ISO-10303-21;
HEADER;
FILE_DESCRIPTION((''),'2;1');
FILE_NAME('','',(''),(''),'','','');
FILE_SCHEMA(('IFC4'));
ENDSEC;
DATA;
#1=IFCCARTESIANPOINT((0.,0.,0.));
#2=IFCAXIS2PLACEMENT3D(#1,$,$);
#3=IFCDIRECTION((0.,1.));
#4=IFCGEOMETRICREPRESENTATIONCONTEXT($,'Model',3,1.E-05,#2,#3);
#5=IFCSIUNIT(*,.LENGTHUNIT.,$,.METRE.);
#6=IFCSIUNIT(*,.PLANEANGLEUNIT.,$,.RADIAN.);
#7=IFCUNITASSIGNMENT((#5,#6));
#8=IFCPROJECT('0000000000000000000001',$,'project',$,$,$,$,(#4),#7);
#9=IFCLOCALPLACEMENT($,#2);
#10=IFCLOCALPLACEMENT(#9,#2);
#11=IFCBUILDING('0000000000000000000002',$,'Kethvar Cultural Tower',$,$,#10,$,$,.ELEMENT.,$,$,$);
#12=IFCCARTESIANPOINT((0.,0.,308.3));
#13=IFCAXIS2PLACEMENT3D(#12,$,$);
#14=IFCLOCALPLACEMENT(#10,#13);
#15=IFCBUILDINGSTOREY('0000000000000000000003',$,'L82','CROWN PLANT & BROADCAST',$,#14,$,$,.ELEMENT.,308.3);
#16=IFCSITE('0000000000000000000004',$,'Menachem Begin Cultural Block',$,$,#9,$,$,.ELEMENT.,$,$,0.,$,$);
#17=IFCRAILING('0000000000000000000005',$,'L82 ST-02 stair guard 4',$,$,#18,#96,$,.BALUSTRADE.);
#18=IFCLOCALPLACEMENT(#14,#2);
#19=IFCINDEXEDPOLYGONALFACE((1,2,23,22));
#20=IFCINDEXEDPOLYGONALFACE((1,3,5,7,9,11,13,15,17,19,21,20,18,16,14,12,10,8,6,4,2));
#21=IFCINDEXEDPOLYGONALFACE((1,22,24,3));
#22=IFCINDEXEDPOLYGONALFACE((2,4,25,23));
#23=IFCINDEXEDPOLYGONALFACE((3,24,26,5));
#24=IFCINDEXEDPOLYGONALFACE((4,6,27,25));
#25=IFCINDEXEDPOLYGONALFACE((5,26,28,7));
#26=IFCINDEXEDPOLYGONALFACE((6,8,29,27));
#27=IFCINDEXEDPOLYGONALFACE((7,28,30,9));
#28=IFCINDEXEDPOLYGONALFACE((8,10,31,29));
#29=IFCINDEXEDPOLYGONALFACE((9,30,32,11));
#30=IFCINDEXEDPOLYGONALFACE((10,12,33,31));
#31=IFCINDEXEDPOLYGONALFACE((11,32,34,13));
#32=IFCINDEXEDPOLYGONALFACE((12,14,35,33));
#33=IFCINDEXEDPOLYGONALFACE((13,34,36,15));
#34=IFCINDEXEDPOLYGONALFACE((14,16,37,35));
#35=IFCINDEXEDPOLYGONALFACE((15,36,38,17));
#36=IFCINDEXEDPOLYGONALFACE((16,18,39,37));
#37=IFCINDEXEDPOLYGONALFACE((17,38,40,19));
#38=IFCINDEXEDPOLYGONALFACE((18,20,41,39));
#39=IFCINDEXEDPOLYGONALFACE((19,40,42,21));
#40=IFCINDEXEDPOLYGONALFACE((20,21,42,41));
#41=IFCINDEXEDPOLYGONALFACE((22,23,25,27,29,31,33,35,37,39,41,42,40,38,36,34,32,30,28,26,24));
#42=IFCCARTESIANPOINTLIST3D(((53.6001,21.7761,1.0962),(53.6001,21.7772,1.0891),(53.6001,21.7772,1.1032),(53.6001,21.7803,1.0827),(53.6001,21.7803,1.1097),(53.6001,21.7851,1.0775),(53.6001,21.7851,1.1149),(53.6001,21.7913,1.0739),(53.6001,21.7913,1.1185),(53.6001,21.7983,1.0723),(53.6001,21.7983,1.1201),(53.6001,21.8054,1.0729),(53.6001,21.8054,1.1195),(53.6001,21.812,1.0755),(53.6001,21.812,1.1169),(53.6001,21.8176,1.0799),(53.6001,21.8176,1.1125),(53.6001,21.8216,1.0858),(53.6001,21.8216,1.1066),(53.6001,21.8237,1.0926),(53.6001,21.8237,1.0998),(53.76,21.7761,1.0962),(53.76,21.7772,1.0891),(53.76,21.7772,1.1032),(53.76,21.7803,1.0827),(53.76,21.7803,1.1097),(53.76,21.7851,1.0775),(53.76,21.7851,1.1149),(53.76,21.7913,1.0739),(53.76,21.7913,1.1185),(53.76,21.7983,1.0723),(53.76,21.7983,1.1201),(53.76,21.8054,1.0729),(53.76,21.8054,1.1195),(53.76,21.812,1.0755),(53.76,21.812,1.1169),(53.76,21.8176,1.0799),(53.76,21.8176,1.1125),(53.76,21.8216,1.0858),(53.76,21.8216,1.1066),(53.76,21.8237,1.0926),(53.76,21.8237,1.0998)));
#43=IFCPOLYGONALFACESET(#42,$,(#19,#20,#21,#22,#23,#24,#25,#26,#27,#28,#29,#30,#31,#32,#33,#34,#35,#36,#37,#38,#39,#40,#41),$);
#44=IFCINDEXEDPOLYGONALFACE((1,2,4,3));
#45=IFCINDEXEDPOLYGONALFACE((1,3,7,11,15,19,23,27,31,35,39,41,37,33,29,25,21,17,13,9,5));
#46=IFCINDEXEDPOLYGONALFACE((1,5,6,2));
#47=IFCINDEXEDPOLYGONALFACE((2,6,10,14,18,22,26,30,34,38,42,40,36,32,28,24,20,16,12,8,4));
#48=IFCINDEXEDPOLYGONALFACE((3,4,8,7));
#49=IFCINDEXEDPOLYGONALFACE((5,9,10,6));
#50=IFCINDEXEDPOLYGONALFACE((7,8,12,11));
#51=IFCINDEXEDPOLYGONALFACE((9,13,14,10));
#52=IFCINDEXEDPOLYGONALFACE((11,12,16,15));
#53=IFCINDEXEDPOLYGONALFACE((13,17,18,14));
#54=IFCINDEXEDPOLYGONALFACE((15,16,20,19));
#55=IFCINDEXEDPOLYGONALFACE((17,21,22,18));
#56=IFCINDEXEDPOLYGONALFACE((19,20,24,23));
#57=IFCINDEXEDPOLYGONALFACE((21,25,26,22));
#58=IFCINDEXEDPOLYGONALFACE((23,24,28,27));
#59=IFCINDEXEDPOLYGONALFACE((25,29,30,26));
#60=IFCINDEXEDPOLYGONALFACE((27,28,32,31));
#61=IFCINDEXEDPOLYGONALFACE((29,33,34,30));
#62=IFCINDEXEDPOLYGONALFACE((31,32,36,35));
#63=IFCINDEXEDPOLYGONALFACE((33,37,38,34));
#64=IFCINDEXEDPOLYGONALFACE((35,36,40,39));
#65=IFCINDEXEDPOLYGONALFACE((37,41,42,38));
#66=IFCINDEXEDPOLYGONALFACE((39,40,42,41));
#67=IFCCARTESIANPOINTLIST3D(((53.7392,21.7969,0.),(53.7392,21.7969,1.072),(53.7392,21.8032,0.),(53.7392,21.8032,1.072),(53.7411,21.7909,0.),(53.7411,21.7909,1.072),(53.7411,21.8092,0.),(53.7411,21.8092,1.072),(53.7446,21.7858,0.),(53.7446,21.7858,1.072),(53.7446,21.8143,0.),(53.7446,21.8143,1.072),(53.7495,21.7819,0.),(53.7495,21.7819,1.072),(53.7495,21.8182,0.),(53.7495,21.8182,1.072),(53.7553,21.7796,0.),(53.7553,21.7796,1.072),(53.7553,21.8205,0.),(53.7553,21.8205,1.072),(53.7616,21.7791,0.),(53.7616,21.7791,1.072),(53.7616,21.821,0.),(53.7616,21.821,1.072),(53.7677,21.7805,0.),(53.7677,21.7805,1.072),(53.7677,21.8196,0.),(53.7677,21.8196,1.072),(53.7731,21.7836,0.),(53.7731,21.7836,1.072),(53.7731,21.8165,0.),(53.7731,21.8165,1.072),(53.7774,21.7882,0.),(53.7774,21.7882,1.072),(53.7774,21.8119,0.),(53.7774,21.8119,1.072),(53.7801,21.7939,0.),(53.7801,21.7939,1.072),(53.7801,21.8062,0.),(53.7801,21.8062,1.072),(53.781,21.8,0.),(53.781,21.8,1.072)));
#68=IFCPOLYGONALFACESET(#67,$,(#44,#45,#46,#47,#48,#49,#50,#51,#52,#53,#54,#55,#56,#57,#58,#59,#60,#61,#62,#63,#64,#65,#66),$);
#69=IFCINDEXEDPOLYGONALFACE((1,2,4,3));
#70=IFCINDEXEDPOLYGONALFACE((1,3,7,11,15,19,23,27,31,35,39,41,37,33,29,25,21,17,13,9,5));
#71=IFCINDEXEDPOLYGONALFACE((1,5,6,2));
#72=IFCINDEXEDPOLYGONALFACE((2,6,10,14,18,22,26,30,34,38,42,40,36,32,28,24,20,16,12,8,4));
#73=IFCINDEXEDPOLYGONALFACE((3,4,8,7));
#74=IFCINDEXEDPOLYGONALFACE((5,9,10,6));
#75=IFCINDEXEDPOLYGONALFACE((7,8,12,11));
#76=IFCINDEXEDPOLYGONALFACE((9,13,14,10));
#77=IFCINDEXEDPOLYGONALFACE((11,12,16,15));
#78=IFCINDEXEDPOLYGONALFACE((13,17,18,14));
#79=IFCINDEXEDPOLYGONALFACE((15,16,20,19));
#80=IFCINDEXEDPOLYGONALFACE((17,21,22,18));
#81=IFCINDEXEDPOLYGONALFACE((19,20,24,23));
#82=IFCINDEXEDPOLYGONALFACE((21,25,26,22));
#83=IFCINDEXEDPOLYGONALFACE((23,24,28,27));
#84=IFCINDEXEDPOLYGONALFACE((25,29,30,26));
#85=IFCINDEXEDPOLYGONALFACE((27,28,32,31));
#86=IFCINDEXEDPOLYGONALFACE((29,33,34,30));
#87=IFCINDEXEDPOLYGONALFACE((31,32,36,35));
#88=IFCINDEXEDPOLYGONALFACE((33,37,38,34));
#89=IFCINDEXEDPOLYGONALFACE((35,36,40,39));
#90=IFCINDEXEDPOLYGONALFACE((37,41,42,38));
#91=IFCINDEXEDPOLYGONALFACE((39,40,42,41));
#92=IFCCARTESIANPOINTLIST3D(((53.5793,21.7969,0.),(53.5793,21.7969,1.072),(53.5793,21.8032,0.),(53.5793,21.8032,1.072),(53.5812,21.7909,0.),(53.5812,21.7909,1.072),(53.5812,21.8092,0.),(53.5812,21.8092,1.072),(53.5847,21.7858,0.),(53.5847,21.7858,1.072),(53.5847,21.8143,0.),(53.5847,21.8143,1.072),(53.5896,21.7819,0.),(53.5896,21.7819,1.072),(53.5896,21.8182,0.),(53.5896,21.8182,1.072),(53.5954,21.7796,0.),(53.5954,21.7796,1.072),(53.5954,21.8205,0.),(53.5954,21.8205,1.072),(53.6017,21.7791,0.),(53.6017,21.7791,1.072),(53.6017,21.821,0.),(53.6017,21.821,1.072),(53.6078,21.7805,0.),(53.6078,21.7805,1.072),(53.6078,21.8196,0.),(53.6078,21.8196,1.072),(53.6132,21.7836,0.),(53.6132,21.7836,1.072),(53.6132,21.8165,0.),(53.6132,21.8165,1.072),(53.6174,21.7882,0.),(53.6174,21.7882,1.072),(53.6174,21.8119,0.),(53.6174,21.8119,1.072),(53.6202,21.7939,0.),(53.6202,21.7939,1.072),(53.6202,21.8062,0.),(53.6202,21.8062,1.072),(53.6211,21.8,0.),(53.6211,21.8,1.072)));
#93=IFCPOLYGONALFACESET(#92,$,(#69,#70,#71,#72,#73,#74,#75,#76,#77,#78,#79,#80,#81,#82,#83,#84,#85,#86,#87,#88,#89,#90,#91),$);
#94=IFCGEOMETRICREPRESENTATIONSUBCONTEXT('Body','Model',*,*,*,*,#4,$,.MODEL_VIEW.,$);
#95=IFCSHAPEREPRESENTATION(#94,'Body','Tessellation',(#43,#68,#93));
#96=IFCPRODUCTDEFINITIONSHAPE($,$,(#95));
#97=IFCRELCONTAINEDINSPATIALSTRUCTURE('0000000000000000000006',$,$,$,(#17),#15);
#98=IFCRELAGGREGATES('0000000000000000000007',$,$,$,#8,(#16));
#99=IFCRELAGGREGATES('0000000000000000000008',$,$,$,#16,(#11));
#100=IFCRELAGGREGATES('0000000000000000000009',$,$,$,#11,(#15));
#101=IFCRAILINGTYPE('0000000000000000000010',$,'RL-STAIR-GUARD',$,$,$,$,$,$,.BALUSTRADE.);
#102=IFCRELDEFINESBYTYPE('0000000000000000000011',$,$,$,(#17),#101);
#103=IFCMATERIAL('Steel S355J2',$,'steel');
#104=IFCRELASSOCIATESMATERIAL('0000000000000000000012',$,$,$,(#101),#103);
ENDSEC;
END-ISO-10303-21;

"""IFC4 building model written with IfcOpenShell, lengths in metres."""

from ifc_helpers import new_model, si_unit, direction, frame, origin, origin_2d, place, context, subcontext, project, spatial, circle, extrude, material, type_object, element, save


model = new_model("IFC4")

# Units and contexts
model_context = context("Model", 3, precision=1e-05, world=origin(), true_north=direction((0.0, 1.0)))
body_context = subcontext(model_context, "Body", "Model", "MODEL_VIEW")
ifc_project = project(units=[si_unit("LENGTHUNIT", "METRE"), si_unit("PLANEANGLEUNIT", "RADIAN")], contexts=[model_context])

# Site, building, storey
site_placement = place(None, origin())
site = spatial("IfcSite", under=ifc_project, at=site_placement, Name="Menachem Begin Cultural Block", CompositionType="ELEMENT", RefElevation=0.0)
building_placement = place(site_placement, origin())
building = spatial("IfcBuilding", under=site, at=building_placement, Name="Kethvar Cultural Tower", CompositionType="ELEMENT")
storey_placement = place(building_placement, frame((0.0, 0.0, 308.3)))
storey = spatial("IfcBuildingStorey", under=building, at=storey_placement, Name="L82", Description="CROWN PLANT & BROADCAST", CompositionType="ELEMENT", Elevation=308.3)

# Shared definitions
ifc_material_1 = material(Name="Steel S355J2", Category="steel")

# Railing
railing_type_1 = type_object("IfcRailingType", Name="RL-STAIR-GUARD", PredefinedType="BALUSTRADE", material=ifc_material_1)
railing_1_placement = place(storey_placement, frame((53.76, 21.8, 0.0)))
element("IfcRailing", 1, at=railing_1_placement, inside=storey, type_object=railing_type_1, Name="L82 ST-02 stair guard 4", PredefinedType="BALUSTRADE", context=body_context, shape_type="SweptSolid", body=[
    extrude(circle(Radius=0.0239, at=origin_2d()), frame((0.0, 0.0, 1.0962), z_axis=(-1.0, 0.0, 0.0), x_axis=(0.0, -1.0, 0.0)), (0.0, 0.0, 1.0), 0.1599),
    extrude(circle(Radius=0.021, at=origin_2d()), origin(), (0.0, 0.0, 1.0), 1.072),
    extrude(circle(Radius=0.021, at=origin_2d()), frame((-0.1599, 0.0, 0.0)), (0.0, 0.0, 1.0), 1.072),
])

save(model, "model.ifc")
